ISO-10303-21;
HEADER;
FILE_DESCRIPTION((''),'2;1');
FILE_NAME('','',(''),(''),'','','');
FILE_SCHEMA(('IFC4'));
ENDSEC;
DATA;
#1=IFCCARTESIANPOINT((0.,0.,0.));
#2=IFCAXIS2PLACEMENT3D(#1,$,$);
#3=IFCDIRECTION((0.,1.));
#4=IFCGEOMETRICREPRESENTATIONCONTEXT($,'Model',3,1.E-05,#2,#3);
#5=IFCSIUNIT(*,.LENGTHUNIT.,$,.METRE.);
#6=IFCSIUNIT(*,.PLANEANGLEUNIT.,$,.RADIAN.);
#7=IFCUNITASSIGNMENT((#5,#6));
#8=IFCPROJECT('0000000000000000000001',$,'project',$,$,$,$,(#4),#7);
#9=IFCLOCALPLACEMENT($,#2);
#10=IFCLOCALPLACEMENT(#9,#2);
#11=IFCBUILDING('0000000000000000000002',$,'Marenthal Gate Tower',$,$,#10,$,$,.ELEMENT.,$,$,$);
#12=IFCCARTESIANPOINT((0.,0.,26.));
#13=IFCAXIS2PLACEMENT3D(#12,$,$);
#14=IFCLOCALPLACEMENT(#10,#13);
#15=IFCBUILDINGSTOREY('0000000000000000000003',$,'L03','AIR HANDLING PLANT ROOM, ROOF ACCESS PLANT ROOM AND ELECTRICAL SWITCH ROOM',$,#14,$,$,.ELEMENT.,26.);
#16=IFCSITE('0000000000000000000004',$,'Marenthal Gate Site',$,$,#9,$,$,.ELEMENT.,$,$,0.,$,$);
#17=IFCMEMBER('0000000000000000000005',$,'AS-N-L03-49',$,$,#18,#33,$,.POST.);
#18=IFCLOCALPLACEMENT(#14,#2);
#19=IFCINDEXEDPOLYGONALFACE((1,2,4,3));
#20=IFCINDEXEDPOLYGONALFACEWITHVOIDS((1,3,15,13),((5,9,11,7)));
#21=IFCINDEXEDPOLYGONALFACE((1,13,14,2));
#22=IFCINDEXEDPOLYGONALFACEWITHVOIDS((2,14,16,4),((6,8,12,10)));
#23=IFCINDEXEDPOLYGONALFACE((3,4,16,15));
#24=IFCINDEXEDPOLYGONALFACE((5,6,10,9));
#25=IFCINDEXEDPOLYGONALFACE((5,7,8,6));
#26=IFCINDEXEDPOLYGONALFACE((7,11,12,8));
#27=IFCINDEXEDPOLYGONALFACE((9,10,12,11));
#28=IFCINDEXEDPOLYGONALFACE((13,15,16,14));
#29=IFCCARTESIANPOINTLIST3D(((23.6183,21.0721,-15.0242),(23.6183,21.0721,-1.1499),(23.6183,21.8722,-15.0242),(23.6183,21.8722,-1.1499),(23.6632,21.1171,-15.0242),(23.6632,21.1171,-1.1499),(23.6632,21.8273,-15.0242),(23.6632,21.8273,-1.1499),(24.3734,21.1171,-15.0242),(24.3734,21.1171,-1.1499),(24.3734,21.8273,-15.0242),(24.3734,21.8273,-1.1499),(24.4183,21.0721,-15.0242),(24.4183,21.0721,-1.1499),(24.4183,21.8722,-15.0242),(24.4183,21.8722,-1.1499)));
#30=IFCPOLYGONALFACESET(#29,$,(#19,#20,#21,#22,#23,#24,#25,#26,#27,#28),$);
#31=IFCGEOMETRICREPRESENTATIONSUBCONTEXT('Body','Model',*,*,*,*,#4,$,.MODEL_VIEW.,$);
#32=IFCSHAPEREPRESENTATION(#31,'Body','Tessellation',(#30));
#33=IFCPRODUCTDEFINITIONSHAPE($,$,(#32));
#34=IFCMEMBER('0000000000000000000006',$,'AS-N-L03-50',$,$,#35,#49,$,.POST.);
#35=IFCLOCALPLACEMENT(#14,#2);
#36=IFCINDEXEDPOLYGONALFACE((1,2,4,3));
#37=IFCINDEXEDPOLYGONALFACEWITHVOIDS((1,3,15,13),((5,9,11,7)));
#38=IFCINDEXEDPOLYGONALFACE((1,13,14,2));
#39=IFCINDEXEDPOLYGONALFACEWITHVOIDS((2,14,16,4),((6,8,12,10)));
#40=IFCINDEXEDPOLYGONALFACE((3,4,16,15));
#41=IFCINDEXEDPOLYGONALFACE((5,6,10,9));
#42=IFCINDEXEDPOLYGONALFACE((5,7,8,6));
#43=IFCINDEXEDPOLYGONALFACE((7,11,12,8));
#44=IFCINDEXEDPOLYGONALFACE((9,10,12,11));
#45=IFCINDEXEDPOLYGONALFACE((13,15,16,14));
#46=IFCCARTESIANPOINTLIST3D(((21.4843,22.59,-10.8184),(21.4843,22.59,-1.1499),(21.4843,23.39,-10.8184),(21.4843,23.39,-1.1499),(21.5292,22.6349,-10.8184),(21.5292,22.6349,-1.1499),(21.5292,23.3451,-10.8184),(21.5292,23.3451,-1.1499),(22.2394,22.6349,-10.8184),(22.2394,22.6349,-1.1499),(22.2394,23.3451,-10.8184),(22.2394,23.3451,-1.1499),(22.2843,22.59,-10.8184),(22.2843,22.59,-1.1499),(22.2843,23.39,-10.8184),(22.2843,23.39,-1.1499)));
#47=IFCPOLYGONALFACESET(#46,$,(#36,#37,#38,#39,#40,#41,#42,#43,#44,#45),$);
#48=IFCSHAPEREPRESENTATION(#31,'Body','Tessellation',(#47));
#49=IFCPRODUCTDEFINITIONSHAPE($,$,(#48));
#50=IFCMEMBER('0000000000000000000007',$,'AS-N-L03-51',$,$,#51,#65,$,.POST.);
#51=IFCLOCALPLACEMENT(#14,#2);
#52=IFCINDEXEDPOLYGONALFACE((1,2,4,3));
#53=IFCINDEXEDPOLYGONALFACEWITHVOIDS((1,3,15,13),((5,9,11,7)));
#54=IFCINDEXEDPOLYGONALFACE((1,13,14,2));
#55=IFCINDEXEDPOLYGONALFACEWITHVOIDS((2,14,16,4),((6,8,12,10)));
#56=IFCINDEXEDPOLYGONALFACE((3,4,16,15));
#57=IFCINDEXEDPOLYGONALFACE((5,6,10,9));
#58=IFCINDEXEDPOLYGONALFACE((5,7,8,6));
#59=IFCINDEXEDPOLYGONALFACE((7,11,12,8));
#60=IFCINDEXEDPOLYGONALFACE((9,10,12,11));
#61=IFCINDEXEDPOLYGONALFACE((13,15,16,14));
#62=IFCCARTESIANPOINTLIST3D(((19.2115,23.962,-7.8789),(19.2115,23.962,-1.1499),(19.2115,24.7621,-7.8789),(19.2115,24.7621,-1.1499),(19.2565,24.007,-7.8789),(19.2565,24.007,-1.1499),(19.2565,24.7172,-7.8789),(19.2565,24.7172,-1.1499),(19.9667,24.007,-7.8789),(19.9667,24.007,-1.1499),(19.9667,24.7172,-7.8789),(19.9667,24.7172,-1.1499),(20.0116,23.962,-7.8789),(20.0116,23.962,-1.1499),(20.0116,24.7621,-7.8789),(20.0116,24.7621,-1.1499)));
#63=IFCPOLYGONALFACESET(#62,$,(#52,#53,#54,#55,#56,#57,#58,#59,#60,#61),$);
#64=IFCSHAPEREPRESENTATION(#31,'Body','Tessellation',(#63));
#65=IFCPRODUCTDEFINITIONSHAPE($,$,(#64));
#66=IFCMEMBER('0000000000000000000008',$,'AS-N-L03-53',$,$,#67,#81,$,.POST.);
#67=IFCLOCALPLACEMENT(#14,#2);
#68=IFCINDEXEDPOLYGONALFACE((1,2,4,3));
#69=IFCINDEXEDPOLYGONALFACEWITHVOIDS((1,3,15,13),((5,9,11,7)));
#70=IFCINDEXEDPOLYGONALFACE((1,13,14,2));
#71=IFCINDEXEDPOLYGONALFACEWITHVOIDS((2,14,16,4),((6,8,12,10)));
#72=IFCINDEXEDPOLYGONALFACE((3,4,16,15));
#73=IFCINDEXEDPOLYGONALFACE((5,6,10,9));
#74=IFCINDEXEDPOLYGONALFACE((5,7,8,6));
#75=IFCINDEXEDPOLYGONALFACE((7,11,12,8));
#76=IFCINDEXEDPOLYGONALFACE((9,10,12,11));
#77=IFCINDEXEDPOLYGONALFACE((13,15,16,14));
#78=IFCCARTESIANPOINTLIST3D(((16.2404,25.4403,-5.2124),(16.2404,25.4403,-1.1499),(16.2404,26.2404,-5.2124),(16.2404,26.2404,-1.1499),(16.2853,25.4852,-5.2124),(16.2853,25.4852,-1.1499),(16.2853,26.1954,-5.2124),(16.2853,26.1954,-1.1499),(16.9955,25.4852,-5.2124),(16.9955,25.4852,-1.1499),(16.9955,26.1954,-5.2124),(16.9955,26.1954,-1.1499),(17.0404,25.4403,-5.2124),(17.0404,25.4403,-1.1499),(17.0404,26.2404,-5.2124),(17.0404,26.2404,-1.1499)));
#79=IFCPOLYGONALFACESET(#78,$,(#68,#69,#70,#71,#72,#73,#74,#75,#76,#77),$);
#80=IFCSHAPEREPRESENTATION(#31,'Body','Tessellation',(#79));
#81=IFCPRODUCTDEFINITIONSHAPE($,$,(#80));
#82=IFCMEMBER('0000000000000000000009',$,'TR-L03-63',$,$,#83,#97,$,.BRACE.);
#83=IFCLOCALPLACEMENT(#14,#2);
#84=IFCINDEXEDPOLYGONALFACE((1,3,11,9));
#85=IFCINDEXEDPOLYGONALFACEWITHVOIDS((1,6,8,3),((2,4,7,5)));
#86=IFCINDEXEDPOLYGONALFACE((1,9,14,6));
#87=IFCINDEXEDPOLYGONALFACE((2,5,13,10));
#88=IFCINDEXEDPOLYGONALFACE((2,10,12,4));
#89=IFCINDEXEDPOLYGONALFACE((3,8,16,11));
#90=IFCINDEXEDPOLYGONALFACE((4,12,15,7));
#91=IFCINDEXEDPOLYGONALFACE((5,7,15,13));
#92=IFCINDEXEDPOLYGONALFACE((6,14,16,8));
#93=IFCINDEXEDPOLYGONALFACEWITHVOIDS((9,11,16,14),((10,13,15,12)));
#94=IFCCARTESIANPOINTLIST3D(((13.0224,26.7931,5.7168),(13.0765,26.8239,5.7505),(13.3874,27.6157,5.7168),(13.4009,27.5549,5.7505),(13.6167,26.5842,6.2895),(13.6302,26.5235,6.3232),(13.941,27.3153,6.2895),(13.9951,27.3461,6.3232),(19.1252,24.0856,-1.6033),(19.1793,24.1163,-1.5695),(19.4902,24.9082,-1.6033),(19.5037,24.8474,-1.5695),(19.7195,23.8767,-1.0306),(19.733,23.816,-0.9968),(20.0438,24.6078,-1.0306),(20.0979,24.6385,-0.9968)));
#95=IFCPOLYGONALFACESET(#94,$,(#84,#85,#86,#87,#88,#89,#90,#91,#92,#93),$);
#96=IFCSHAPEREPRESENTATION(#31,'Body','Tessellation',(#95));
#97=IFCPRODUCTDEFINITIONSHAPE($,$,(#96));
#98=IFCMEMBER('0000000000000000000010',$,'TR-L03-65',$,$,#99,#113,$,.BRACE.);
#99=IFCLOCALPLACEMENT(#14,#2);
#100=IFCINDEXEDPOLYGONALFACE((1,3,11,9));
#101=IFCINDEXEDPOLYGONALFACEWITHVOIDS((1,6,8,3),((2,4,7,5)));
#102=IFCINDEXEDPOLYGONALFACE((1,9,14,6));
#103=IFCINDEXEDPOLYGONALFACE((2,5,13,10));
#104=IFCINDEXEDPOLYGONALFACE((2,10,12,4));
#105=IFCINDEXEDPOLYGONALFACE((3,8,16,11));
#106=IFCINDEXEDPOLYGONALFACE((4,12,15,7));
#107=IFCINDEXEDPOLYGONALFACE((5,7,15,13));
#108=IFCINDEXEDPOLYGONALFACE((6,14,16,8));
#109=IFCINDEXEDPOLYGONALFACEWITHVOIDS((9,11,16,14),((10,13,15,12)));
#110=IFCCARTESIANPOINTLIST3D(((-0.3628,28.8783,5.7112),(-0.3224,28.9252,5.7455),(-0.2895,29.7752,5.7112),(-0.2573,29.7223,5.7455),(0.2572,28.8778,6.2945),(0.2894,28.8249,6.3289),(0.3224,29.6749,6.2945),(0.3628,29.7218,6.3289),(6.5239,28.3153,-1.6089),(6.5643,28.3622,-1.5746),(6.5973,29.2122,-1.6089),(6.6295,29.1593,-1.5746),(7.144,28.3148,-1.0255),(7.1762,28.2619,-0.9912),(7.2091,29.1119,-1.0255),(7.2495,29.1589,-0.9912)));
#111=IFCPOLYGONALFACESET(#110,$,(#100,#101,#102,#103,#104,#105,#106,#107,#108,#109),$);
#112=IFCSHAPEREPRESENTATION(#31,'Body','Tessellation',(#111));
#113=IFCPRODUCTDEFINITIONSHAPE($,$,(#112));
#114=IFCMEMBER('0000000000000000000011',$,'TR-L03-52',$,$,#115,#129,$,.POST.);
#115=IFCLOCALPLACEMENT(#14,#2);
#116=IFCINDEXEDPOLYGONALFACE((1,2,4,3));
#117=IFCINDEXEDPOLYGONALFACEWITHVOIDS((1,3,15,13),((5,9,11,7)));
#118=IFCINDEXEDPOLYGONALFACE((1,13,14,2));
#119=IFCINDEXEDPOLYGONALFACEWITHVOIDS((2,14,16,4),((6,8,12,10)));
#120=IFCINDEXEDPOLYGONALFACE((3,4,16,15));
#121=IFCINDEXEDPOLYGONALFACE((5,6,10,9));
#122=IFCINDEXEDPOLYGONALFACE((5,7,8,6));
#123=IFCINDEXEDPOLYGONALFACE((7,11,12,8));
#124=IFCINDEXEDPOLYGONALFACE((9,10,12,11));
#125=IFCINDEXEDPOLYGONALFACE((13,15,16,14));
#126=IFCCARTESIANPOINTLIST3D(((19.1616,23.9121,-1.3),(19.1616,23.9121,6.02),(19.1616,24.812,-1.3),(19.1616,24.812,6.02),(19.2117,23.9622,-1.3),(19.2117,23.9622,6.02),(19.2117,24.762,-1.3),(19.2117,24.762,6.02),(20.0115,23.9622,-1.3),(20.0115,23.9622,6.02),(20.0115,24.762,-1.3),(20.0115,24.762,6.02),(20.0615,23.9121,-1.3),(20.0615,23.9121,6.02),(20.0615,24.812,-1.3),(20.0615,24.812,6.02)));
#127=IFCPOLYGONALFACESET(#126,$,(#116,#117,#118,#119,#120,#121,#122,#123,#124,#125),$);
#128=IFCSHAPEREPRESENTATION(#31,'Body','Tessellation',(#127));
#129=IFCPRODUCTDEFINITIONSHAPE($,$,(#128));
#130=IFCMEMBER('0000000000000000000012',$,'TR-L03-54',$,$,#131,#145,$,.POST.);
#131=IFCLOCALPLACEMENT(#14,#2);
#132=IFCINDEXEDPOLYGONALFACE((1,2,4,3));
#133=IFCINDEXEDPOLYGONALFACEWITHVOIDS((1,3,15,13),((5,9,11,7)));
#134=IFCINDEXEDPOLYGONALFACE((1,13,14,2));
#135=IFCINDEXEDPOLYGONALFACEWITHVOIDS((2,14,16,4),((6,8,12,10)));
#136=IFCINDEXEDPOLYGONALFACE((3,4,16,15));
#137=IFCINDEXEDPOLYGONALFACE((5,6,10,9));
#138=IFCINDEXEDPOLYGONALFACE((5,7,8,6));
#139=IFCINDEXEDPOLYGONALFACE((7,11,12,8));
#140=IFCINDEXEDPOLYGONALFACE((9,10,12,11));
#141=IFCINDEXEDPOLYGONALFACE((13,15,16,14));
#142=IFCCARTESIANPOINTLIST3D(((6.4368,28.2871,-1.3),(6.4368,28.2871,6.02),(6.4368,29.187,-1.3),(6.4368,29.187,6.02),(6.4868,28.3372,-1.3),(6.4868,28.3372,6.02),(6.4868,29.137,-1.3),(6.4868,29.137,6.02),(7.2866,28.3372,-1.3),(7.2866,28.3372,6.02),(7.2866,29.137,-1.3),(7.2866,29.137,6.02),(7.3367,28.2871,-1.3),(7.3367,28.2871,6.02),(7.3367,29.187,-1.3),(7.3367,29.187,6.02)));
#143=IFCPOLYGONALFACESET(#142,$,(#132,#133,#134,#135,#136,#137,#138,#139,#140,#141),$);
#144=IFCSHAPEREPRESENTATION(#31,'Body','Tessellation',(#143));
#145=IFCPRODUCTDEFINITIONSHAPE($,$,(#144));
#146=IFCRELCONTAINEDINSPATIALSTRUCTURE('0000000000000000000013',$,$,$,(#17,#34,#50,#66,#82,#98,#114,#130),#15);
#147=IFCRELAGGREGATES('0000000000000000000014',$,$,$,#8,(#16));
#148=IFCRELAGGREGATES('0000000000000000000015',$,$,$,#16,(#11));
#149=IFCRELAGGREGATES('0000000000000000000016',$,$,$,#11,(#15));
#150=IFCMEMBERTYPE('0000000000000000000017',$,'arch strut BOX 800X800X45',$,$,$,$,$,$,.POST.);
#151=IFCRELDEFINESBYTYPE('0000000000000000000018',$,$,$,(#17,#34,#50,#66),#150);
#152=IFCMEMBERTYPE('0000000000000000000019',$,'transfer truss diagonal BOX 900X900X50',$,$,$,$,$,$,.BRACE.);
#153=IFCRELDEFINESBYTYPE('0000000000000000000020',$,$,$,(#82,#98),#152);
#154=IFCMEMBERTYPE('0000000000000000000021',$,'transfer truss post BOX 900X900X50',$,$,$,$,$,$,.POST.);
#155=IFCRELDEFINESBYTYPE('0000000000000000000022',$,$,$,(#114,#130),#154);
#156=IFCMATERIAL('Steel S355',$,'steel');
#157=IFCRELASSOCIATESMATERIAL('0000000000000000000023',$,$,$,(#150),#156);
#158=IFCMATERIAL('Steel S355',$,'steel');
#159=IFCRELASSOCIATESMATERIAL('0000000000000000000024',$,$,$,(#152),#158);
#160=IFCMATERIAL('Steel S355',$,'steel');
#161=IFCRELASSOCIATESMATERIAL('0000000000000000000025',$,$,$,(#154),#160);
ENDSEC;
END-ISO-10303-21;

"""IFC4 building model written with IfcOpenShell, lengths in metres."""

from ifc_helpers import new_model, si_unit, direction, frame, origin, origin_2d, place, context, subcontext, project, spatial, hollow_rectangle, extrude, material, material_profile, profile_set, type_object, element, save


model = new_model("IFC4")

# Units and contexts
model_context = context("Model", 3, precision=1e-05, world=origin(), true_north=direction((0.0, 1.0)))
body_context = subcontext(model_context, "Body", "Model", "MODEL_VIEW")
ifc_project = project(units=[si_unit("LENGTHUNIT", "METRE"), si_unit("PLANEANGLEUNIT", "RADIAN")], contexts=[model_context])

# Site, building, storey
site_placement = place(None, origin())
site = spatial("IfcSite", under=ifc_project, at=site_placement, Name="Marenthal Gate Site", CompositionType="ELEMENT", RefElevation=0.0)
building_placement = place(site_placement, origin())
building = spatial("IfcBuilding", under=site, at=building_placement, Name="Marenthal Gate Tower", CompositionType="ELEMENT")
storey_placement = place(building_placement, frame((0.0, 0.0, 26.0)))
storey = spatial("IfcBuildingStorey", under=building, at=storey_placement, Name="L03", Description="AIR HANDLING PLANT ROOM, ROOF ACCESS PLANT ROOM AND ELECTRICAL SWITCH ROOM", CompositionType="ELEMENT", Elevation=26.0)

# Members
ifc_material_1 = material(Name="Steel S355", Category="steel")
ifc_material_profile_1 = material_profile(ifc_material_1, hollow_rectangle(XDim=0.8, YDim=0.8, WallThickness=0.0449, at=origin_2d()), Name="BOX 800X800X45")
ifc_profile_set_1 = profile_set([ifc_material_profile_1], Name="Steel S355")
member_type_1 = type_object("IfcMemberType", Name="arch strut BOX 800X800X45", PredefinedType="POST", material=ifc_profile_set_1)
member_1_placement = place(storey_placement, frame((24.0183, 21.4722, -15.0242), z_axis=(0.0, 0.0, 1.0), x_axis=(1.0, 0.0, 0.0)))
element("IfcMember", 1, at=member_1_placement, inside=storey, type_object=member_type_1, Name="AS-N-L03-49", PredefinedType="POST", context=body_context, shape_type="SweptSolid", body=[
    extrude(hollow_rectangle(XDim=0.8, YDim=0.8, WallThickness=0.0449, at=origin_2d()), origin(), (0.0, 0.0, 1.0), 13.8743),
])
member_2_placement = place(storey_placement, frame((21.8843, 22.99, -10.8184), z_axis=(0.0, 0.0, 1.0), x_axis=(1.0, 0.0, 0.0)))
element("IfcMember", 2, at=member_2_placement, inside=storey, type_object=member_type_1, Name="AS-N-L03-50", PredefinedType="POST", context=body_context, shape_type="SweptSolid", body=[
    extrude(hollow_rectangle(XDim=0.8, YDim=0.8, WallThickness=0.0449, at=origin_2d()), origin(), (0.0, 0.0, 1.0), 9.6685),
])
member_3_placement = place(storey_placement, frame((19.6116, 24.3621, -7.8789), z_axis=(0.0, 0.0, 1.0), x_axis=(1.0, 0.0, 0.0)))
element("IfcMember", 3, at=member_3_placement, inside=storey, type_object=member_type_1, Name="AS-N-L03-51", PredefinedType="POST", context=body_context, shape_type="SweptSolid", body=[
    extrude(hollow_rectangle(XDim=0.8, YDim=0.8, WallThickness=0.0449, at=origin_2d()), origin(), (0.0, 0.0, 1.0), 6.729),
])
member_4_placement = place(storey_placement, frame((16.6404, 25.8403, -5.2124), z_axis=(0.0, 0.0, 1.0), x_axis=(1.0, 0.0, 0.0)))
element("IfcMember", 4, at=member_4_placement, inside=storey, type_object=member_type_1, Name="AS-N-L03-53", PredefinedType="POST", context=body_context, shape_type="SweptSolid", body=[
    extrude(hollow_rectangle(XDim=0.8, YDim=0.8, WallThickness=0.0449, at=origin_2d()), origin(), (0.0, 0.0, 1.0), 4.0625),
])
ifc_material_2 = material(Name="Steel S355", Category="steel")
ifc_material_profile_2 = material_profile(ifc_material_2, hollow_rectangle(XDim=0.8999, YDim=0.8999, WallThickness=0.05, at=origin_2d()), Name="BOX 900X900X50")
ifc_profile_set_2 = profile_set([ifc_material_profile_2], Name="Steel S355")
member_type_2 = type_object("IfcMemberType", Name="transfer truss diagonal BOX 900X900X50", PredefinedType="BRACE", material=ifc_profile_set_2)
member_5_placement = place(storey_placement, frame((19.6116, 24.3621, -1.3), z_axis=(-0.615978, 0.273281, 0.738843), x_axis=(-0.405534, -0.91408, 0.0)))
element("IfcMember", 5, at=member_5_placement, inside=storey, type_object=member_type_2, Name="TR-L03-63", PredefinedType="BRACE", context=body_context, shape_type="SweptSolid", body=[
    extrude(hollow_rectangle(XDim=0.8999, YDim=0.8999, WallThickness=0.05, at=origin_2d()), origin(), (0.0, 0.0, 1.0), 9.9075),
])
member_6_placement = place(storey_placement, frame((6.8867, 28.7371, -1.3), z_axis=(-0.684147, 0.055929, 0.727197), x_axis=(-0.081478, -0.996675, 0.0)))
element("IfcMember", 6, at=member_6_placement, inside=storey, type_object=member_type_2, Name="TR-L03-65", PredefinedType="BRACE", context=body_context, shape_type="SweptSolid", body=[
    extrude(hollow_rectangle(XDim=0.8999, YDim=0.8999, WallThickness=0.05, at=origin_2d()), origin(), (0.0, 0.0, 1.0), 10.0662),
])
ifc_material_3 = material(Name="Steel S355", Category="steel")
ifc_material_profile_3 = material_profile(ifc_material_3, hollow_rectangle(XDim=0.8999, YDim=0.8999, WallThickness=0.05, at=origin_2d()), Name="BOX 900X900X50")
ifc_profile_set_3 = profile_set([ifc_material_profile_3], Name="Steel S355")
member_type_3 = type_object("IfcMemberType", Name="transfer truss post BOX 900X900X50", PredefinedType="POST", material=ifc_profile_set_3)
for number, where, z_axis, x_axis, name in (
    (7, (19.6116, 24.3621, -1.3), (0.0, 0.0, 1.0), (1.0, 0.0, 0.0), "TR-L03-52"),
    (8, (6.8867, 28.7371, -1.3), (0.0, 0.0, 1.0), (1.0, 0.0, 0.0), "TR-L03-54"),
):
    element("IfcMember", number, at=place(storey_placement, frame(where, z_axis=z_axis, x_axis=x_axis)), inside=storey, type_object=member_type_3, Name=name, PredefinedType="POST", context=body_context, shape_type="SweptSolid", body=[
        extrude(hollow_rectangle(XDim=0.8999, YDim=0.8999, WallThickness=0.05, at=origin_2d()), origin(), (0.0, 0.0, 1.0), 7.3201),
    ])

save(model, "model.ifc")
